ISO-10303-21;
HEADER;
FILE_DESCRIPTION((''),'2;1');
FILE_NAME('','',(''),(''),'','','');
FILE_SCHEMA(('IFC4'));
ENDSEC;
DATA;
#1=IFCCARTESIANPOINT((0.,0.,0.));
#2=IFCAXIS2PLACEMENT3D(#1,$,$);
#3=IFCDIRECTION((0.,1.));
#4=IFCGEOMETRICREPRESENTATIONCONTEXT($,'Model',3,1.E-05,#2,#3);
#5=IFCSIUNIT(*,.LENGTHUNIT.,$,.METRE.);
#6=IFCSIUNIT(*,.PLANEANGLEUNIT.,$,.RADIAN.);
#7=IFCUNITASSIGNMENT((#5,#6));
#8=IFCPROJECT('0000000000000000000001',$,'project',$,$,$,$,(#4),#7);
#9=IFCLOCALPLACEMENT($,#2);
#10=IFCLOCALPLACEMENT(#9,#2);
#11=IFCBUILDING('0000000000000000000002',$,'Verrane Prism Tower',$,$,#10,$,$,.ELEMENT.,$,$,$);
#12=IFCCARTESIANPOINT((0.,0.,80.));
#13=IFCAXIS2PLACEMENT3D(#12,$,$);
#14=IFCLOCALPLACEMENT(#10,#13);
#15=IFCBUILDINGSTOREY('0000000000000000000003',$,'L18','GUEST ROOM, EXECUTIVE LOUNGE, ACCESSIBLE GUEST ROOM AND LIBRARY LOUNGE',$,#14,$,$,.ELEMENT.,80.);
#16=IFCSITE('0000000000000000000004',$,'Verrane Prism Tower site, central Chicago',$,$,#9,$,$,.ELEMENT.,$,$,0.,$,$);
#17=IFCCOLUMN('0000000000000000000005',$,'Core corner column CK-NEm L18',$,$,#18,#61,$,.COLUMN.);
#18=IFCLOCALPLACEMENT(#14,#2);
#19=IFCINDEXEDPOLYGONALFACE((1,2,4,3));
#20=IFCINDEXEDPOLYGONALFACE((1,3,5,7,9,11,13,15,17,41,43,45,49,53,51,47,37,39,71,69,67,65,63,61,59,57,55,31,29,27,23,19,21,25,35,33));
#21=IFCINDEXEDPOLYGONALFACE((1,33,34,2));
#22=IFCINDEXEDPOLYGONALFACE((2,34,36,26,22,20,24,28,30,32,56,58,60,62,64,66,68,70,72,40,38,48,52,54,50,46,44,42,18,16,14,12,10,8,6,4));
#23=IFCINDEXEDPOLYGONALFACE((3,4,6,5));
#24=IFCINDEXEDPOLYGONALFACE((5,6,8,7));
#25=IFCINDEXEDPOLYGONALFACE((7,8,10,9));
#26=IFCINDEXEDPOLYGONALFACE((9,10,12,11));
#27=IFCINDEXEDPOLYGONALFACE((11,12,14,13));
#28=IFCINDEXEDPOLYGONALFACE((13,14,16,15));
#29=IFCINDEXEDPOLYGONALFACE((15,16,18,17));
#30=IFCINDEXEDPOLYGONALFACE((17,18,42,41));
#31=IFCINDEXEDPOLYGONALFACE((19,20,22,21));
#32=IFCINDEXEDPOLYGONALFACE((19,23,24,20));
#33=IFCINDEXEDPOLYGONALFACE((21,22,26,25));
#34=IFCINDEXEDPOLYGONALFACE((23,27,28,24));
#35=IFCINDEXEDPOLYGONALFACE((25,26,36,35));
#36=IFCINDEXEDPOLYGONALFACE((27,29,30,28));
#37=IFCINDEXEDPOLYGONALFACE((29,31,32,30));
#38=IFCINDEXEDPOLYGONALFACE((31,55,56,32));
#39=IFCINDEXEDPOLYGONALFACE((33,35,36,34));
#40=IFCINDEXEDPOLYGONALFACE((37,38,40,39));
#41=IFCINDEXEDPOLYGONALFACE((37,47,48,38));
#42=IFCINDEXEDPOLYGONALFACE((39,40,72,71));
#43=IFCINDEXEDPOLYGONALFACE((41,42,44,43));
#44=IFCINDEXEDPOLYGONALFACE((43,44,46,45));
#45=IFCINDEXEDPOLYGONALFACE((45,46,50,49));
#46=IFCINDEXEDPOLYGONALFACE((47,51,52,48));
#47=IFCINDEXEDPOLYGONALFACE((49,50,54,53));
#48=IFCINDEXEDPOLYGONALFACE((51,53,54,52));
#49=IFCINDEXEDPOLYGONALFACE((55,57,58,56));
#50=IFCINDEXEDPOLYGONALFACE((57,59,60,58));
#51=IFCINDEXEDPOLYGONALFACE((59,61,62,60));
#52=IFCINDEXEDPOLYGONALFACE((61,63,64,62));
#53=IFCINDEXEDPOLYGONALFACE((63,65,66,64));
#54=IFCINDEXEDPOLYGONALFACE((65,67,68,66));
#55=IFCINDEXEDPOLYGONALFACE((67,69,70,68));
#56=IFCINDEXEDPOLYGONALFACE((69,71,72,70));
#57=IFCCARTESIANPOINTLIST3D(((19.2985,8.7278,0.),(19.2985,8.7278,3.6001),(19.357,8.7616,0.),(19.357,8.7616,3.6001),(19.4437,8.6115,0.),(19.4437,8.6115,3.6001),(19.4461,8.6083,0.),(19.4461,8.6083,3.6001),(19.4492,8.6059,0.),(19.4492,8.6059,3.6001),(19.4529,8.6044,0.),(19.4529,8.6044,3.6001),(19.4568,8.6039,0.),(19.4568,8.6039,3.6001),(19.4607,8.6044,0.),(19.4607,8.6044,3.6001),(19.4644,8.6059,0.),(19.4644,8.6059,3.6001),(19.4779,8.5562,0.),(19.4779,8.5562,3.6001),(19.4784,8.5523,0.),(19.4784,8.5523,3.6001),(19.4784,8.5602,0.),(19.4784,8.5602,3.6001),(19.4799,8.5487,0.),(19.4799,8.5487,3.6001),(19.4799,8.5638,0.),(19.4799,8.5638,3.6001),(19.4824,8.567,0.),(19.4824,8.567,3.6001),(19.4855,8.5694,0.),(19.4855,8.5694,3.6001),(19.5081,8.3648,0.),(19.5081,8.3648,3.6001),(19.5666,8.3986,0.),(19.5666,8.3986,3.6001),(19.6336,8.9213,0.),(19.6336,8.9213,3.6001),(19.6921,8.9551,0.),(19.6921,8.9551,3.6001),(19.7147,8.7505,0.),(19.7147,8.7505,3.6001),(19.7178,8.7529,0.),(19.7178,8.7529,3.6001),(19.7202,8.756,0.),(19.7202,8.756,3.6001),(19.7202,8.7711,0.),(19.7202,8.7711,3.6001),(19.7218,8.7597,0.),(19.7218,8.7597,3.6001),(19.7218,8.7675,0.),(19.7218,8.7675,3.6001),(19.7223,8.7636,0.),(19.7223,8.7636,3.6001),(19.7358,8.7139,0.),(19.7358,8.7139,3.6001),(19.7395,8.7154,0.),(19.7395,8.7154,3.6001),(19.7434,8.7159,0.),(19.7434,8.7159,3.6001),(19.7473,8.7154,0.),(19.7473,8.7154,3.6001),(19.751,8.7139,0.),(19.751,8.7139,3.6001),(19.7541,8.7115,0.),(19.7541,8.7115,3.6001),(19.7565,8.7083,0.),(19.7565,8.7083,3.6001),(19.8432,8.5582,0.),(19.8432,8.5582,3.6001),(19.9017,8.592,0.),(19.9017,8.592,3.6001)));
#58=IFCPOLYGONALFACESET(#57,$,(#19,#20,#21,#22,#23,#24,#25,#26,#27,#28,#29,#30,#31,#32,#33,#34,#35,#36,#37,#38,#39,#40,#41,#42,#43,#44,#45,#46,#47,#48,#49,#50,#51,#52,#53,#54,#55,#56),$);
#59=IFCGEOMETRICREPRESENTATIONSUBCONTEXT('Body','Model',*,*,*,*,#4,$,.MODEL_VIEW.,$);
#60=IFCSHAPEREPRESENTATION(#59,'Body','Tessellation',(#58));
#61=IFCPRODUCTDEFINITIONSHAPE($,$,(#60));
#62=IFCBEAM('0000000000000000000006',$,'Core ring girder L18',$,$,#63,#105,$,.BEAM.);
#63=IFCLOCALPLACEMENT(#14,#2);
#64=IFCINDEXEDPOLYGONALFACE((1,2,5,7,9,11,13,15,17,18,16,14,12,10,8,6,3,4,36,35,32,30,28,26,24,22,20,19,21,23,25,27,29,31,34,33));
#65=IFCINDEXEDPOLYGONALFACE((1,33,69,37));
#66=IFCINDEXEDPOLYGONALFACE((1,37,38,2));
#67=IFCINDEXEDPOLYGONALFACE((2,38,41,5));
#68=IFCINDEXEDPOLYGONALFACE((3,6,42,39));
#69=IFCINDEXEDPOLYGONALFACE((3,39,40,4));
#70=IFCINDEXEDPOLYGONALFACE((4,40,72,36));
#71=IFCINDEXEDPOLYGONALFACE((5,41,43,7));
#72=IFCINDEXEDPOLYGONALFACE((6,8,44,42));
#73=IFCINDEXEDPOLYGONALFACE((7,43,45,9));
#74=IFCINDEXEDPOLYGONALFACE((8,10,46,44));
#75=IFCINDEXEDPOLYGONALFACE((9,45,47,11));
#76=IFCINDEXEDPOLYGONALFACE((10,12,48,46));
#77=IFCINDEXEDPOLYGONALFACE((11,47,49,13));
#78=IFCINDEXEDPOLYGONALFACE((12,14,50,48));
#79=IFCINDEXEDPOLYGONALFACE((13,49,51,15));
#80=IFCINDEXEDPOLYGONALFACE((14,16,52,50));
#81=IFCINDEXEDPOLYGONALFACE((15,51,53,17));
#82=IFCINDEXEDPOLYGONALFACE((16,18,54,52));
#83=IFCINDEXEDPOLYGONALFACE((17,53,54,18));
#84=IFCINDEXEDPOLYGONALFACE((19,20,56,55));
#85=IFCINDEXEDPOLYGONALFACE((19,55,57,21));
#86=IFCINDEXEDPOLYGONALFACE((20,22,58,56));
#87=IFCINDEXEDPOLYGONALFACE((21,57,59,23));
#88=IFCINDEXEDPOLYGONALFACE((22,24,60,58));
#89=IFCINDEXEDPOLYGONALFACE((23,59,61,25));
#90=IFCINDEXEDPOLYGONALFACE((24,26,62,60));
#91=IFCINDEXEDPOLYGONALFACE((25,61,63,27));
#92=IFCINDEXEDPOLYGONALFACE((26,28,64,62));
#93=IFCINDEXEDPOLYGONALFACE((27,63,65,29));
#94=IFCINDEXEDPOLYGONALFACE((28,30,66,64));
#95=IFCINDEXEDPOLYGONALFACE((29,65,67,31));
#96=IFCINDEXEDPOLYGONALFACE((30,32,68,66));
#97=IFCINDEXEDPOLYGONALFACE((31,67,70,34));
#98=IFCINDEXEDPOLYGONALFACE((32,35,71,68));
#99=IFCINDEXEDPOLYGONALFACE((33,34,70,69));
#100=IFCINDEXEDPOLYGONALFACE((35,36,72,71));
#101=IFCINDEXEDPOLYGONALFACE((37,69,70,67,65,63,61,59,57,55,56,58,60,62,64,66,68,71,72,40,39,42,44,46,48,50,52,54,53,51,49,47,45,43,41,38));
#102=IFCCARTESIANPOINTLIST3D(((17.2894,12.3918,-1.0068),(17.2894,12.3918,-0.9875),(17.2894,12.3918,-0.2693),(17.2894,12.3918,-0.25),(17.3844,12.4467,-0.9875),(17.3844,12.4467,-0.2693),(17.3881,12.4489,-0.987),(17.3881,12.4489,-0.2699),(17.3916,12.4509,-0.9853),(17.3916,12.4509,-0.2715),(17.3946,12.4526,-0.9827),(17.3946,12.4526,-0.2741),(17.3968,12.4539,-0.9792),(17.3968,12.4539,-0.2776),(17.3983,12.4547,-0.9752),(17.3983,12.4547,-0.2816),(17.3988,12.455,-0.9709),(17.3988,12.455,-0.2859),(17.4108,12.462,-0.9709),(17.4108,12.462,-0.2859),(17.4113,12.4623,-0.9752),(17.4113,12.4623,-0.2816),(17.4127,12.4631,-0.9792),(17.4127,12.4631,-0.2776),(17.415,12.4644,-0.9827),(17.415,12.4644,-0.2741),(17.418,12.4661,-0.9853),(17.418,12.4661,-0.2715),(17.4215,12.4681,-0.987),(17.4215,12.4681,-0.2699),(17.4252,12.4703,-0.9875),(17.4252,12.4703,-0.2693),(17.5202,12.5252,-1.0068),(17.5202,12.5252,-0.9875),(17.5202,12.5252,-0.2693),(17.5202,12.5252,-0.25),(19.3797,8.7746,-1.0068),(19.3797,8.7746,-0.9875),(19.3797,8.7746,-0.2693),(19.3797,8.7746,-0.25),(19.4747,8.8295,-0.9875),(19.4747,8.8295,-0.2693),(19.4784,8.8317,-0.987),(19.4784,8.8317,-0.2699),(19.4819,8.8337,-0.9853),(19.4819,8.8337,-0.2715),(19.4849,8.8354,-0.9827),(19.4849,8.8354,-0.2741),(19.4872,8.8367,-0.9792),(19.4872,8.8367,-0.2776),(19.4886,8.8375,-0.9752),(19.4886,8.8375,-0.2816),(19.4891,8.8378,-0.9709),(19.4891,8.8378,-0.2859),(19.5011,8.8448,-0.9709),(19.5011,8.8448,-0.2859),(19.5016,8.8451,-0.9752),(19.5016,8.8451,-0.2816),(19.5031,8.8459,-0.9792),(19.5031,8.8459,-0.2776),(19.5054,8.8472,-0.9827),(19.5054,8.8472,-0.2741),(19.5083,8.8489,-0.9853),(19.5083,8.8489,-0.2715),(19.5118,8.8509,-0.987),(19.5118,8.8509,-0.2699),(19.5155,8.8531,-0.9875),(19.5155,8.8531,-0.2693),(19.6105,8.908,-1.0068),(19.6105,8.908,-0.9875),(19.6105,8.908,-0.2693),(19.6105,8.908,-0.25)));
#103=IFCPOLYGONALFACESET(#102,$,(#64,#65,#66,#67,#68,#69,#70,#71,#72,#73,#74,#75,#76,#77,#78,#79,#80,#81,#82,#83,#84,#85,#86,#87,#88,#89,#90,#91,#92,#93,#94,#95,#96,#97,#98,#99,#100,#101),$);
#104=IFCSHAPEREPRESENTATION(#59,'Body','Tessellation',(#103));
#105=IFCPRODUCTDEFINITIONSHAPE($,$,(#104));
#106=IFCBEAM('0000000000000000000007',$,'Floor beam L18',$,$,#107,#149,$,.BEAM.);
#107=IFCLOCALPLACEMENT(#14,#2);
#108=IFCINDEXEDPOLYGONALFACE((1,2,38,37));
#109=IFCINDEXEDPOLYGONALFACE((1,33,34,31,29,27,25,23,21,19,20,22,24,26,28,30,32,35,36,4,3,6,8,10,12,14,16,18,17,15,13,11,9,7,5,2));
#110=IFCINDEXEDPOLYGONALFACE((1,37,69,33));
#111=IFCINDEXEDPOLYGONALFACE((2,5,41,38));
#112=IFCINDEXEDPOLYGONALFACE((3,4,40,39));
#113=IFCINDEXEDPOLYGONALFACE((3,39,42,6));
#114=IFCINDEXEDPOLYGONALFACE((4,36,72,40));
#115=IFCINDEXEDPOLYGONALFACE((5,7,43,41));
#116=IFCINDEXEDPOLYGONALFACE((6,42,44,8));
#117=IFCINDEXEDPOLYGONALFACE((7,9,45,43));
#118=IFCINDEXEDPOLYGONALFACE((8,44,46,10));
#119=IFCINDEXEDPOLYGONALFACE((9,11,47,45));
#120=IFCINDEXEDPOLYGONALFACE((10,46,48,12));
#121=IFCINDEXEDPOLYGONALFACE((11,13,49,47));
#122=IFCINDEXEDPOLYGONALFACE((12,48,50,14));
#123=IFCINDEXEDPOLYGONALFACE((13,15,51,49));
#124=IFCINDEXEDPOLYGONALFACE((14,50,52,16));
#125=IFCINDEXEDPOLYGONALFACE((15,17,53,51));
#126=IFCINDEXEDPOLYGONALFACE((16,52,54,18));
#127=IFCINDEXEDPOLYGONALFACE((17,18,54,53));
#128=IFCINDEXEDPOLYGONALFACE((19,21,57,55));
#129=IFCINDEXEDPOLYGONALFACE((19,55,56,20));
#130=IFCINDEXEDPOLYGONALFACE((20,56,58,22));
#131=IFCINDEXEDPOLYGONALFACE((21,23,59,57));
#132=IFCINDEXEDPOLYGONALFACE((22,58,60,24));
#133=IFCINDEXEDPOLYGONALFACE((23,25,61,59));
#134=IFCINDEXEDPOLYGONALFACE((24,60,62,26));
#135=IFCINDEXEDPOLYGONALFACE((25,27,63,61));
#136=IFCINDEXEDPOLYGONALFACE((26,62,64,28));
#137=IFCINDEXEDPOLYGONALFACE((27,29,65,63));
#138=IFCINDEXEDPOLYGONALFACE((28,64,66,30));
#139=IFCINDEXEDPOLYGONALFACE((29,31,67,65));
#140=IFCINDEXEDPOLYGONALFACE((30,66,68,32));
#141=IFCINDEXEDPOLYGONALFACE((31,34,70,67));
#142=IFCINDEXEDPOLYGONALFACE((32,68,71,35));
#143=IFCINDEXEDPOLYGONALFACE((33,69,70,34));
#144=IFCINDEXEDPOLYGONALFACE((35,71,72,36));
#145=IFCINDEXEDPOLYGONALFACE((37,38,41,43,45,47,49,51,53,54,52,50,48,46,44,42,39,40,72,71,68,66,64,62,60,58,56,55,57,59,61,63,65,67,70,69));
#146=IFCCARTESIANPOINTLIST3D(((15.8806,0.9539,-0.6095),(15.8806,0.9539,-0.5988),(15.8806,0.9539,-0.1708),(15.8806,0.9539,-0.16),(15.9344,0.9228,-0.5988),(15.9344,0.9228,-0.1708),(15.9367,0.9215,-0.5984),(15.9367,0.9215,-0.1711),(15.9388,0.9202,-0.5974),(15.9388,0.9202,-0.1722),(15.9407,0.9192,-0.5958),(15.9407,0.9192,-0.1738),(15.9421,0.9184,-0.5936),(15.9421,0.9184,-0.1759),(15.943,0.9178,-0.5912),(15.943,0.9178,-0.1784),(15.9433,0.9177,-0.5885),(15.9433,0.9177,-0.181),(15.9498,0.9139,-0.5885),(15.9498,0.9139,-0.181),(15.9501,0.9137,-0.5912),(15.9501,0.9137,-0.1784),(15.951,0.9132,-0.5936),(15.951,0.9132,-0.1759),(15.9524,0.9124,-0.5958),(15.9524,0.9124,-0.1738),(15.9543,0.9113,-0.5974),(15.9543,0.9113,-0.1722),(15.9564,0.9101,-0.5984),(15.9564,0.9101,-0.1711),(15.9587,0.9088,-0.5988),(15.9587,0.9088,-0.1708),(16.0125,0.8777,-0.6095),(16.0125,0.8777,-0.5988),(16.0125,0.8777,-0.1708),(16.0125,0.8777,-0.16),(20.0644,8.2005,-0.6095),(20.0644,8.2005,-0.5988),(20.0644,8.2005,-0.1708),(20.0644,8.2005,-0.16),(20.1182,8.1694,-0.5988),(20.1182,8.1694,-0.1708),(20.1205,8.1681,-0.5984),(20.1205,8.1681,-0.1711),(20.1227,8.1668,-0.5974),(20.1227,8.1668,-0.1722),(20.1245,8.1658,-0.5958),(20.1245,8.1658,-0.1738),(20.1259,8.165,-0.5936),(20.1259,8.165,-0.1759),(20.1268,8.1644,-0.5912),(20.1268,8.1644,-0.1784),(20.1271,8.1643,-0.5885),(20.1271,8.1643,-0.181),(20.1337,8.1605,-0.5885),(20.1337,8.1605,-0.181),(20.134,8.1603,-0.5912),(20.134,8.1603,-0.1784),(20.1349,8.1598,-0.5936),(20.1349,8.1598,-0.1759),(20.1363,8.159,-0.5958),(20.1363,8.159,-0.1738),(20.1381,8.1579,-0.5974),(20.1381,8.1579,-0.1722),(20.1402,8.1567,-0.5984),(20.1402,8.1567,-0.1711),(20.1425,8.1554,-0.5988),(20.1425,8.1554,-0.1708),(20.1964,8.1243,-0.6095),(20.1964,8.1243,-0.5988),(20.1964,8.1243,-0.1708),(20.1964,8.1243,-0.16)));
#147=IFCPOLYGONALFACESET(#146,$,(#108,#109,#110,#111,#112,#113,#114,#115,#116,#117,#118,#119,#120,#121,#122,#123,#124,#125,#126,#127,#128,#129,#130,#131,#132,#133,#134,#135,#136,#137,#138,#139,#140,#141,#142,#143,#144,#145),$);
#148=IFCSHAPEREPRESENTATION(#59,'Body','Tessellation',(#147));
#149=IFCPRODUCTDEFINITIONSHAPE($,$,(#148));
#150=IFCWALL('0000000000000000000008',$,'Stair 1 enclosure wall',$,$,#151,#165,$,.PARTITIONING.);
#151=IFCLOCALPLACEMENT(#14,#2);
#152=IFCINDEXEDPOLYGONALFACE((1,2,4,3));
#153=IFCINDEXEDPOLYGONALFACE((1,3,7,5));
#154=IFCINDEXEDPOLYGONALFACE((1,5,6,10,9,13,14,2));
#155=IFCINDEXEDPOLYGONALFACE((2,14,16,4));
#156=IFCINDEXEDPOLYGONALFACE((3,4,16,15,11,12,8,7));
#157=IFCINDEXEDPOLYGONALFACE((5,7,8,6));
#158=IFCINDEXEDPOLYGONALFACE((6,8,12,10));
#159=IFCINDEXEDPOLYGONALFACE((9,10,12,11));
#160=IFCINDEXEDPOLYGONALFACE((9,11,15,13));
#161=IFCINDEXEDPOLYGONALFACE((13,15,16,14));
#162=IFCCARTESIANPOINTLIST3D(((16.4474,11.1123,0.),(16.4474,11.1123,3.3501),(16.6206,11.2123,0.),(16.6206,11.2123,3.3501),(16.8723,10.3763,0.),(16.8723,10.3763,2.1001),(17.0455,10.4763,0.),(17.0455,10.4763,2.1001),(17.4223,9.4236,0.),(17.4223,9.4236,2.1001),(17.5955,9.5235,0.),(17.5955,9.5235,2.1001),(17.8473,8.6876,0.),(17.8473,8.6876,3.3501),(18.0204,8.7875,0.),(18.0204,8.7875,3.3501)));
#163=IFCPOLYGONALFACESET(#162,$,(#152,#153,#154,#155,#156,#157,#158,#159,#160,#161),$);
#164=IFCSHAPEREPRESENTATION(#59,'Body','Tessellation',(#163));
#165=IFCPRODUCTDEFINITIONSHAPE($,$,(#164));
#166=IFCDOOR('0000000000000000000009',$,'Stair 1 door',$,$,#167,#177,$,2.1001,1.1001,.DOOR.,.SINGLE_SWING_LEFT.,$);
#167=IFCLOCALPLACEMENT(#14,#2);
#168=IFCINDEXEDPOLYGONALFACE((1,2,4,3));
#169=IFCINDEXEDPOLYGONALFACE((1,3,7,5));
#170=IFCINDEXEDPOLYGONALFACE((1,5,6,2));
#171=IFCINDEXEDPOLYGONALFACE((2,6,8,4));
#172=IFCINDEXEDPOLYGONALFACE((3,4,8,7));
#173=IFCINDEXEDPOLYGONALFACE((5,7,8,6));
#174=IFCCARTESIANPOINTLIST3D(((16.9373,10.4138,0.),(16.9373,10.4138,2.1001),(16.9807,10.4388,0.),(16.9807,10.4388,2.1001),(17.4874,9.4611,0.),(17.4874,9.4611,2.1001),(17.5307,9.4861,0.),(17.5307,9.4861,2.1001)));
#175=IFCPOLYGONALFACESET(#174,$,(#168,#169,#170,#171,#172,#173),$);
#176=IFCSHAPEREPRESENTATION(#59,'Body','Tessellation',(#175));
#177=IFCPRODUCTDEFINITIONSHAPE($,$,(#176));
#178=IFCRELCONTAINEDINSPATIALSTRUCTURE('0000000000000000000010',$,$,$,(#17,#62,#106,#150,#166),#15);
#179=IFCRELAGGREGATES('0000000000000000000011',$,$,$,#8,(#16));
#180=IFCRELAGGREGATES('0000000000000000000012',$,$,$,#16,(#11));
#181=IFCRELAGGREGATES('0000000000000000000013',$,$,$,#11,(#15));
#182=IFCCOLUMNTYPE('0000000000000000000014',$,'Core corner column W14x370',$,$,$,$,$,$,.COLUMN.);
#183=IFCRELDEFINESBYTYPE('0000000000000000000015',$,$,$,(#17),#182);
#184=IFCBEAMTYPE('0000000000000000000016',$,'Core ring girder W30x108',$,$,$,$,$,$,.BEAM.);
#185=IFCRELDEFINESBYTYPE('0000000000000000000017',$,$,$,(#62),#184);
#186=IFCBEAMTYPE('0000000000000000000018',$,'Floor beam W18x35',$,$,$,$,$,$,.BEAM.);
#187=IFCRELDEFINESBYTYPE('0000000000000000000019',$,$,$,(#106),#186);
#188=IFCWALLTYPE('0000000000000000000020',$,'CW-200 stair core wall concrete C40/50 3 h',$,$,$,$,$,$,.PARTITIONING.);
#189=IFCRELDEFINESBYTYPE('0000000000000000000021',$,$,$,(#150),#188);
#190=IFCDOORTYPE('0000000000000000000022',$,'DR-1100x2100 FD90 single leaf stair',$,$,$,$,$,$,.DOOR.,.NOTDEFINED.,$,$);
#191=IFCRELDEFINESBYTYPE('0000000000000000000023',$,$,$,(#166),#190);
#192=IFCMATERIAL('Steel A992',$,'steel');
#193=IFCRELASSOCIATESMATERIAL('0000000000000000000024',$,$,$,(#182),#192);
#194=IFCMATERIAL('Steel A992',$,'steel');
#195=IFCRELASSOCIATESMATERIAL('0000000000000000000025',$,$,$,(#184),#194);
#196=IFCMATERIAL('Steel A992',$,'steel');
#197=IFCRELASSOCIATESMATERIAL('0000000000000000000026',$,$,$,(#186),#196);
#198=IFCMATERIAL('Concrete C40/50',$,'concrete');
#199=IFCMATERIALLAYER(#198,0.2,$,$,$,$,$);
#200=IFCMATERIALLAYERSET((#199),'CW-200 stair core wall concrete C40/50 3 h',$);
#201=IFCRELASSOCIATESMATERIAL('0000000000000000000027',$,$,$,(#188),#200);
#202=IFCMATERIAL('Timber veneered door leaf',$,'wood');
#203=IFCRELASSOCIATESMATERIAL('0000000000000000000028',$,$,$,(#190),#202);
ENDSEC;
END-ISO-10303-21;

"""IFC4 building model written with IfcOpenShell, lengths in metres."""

from ifc_helpers import new_model, si_unit, direction, frame, frame_2d, origin, origin_2d, place, context, subcontext, project, spatial, rectangle, i_section, extrude, material, layer, layer_set, material_profile, profile_set, type_object, element, fill, save


model = new_model("IFC4")

# Units and contexts
model_context = context("Model", 3, precision=1e-05, world=origin(), true_north=direction((0.0, 1.0)))
body_context = subcontext(model_context, "Body", "Model", "MODEL_VIEW")
ifc_project = project(units=[si_unit("LENGTHUNIT", "METRE"), si_unit("PLANEANGLEUNIT", "RADIAN")], contexts=[model_context])

# Site, building, storey
site_placement = place(None, origin())
site = spatial("IfcSite", under=ifc_project, at=site_placement, Name="Verrane Prism Tower site, central Chicago", CompositionType="ELEMENT", RefElevation=0.0)
building_placement = place(site_placement, origin())
building = spatial("IfcBuilding", under=site, at=building_placement, Name="Verrane Prism Tower", CompositionType="ELEMENT")
storey_placement = place(building_placement, frame((0.0, 0.0, 80.0)))
storey = spatial("IfcBuildingStorey", under=building, at=storey_placement, Name="L18", Description="GUEST ROOM, EXECUTIVE LOUNGE, ACCESSIBLE GUEST ROOM AND LIBRARY LOUNGE", CompositionType="ELEMENT", Elevation=80.0)

# Column
ifc_material_1 = material(Name="Steel A992", Category="steel")
ifc_material_profile_1 = material_profile(ifc_material_1, i_section(OverallWidth=0.4192, OverallDepth=0.4546, WebThickness=0.0422, FlangeThickness=0.0676, FilletRadius=0.0151, at=origin_2d()), Name="W14x370")
ifc_profile_set_1 = profile_set([ifc_material_profile_1], Name="Steel A992")
column_type = type_object("IfcColumnType", Name="Core corner column W14x370", PredefinedType="COLUMN", material=ifc_profile_set_1)
column_placement = place(storey_placement, frame((19.6001, 8.6599, 0.0), z_axis=(0.0, 0.0, 1.0), x_axis=(0.5, -0.866025, 0.0)))
element("IfcColumn", 1, at=column_placement, inside=storey, type_object=column_type, Name="Core corner column CK-NEm L18", PredefinedType="COLUMN", context=body_context, shape_type="SweptSolid", body=[
    extrude(i_section(OverallWidth=0.4192, OverallDepth=0.4546, WebThickness=0.0422, FlangeThickness=0.0676, FilletRadius=0.0151, at=origin_2d()), origin(), (0.0, 0.0, 1.0), 3.6001),
])

# Beams
ifc_material_2 = material(Name="Steel A992", Category="steel")
ifc_material_profile_2 = material_profile(ifc_material_2, i_section(OverallWidth=0.2666, OverallDepth=0.7568, WebThickness=0.0139, FlangeThickness=0.0193, FilletRadius=0.0166, at=origin_2d()), Name="W30x108")
ifc_profile_set_2 = profile_set([ifc_material_profile_2], Name="Steel A992")
beam_type_1 = type_object("IfcBeamType", Name="Core ring girder W30x108", PredefinedType="BEAM", material=ifc_profile_set_2)
beam_1_placement = place(storey_placement, frame((19.4951, 8.8413, -0.6284), z_axis=(-0.50035, 0.865823, 0.0), x_axis=(-0.865823, -0.50035, 0.0)))
element("IfcBeam", 2, at=beam_1_placement, inside=storey, type_object=beam_type_1, Name="Core ring girder L18", PredefinedType="BEAM", context=body_context, shape_type="SweptSolid", body=[
    extrude(i_section(OverallWidth=0.2666, OverallDepth=0.7568, WebThickness=0.0139, FlangeThickness=0.0193, FilletRadius=0.0166, at=origin_2d()), origin(), (0.0, 0.0, 1.0), 4.1777),
])
ifc_material_3 = material(Name="Steel A992", Category="steel")
ifc_material_profile_3 = material_profile(ifc_material_3, i_section(OverallWidth=0.1523, OverallDepth=0.4495, WebThickness=0.0076, FlangeThickness=0.0107, FilletRadius=0.0103, at=origin_2d()), Name="W18x35")
ifc_profile_set_3 = profile_set([ifc_material_profile_3], Name="Steel A992")
beam_type_2 = type_object("IfcBeamType", Name="Floor beam W18x35", PredefinedType="BEAM", material=ifc_profile_set_3)
beam_2_placement = place(storey_placement, frame((15.9465, 0.9158, -0.3848), z_axis=(0.500002, 0.866024, 0.0), x_axis=(-0.866024, 0.500002, 0.0)))
element("IfcBeam", 3, at=beam_2_placement, inside=storey, type_object=beam_type_2, Name="Floor beam L18", PredefinedType="BEAM", context=body_context, shape_type="SweptSolid", body=[
    extrude(i_section(OverallWidth=0.1523, OverallDepth=0.4495, WebThickness=0.0076, FlangeThickness=0.0107, FilletRadius=0.0103, at=origin_2d()), origin(), (0.0, 0.0, 1.0), 8.3677),
])

# Wall, opening, door
ifc_material_4 = material(Name="Concrete C40/50", Category="concrete")
ifc_layer_1 = layer(ifc_material_4, 0.2)
ifc_layer_set_1 = layer_set([ifc_layer_1], Name="CW-200 stair core wall concrete C40/50 3 h")
wall_type_1 = type_object("IfcWallType", Name="CW-200 stair core wall concrete C40/50 3 h", PredefinedType="PARTITIONING", material=ifc_layer_set_1)
wall_1_placement = place(storey_placement, frame((17.9338, 8.7375, 0.0), z_axis=(0.0, 0.0, 1.0), x_axis=(-0.499984, 0.866035, 0.0)))
wall_1 = element("IfcWall", 4, at=wall_1_placement, inside=storey, type_object=wall_type_1, Name="Stair 1 enclosure wall", PredefinedType="PARTITIONING", context=body_context, shape_type="SweptSolid", body=[
    extrude(rectangle(XDim=2.7998, YDim=0.2, at=frame_2d((1.3999, 0.0))), origin(), (0.0, 0.0, 1.0), 3.3501),
])
opening_1_placement = place(wall_1_placement, frame((0.8499, 0.0, 0.0)))
opening_1 = element("IfcOpeningElement", 5, at=opening_1_placement, cuts=wall_1, PredefinedType="OPENING", context=body_context, shape_type="SweptSolid", body=[
    extrude(rectangle(XDim=1.1001, YDim=2.1001, at=frame_2d((0.55, 1.05))), frame((0.0, 0.1099, 0.0), z_axis=(0.0, -1.0, 0.0), x_axis=(1.0, 0.0, 0.0)), (0.0, 0.0, 1.0), 0.22),
])
ifc_material_5 = material(Name="Timber veneered door leaf", Category="wood")
door_type_1 = type_object("IfcDoorType", Name="DR-1100x2100 FD90 single leaf stair", OperationType="NOTDEFINED", PredefinedType="DOOR", material=ifc_material_5)
door_1_placement = place(opening_1_placement, origin())
door_1 = element("IfcDoor", 6, at=door_1_placement, inside=storey, type_object=door_type_1, Name="Stair 1 door", OperationType="SINGLE_SWING_LEFT", OverallHeight=2.1001, OverallWidth=1.1001, PredefinedType="DOOR", context=body_context, shape_type="SweptSolid", body=[
    extrude(rectangle(XDim=1.1001, YDim=2.1001, at=frame_2d((0.55, 1.05))), frame((0.0, 0.0249, 0.0), z_axis=(0.0, -1.0, 0.0), x_axis=(1.0, 0.0, 0.0)), (0.0, 0.0, 1.0), 0.05),
])
fill(opening_1, door_1)

save(model, "model.ifc")
